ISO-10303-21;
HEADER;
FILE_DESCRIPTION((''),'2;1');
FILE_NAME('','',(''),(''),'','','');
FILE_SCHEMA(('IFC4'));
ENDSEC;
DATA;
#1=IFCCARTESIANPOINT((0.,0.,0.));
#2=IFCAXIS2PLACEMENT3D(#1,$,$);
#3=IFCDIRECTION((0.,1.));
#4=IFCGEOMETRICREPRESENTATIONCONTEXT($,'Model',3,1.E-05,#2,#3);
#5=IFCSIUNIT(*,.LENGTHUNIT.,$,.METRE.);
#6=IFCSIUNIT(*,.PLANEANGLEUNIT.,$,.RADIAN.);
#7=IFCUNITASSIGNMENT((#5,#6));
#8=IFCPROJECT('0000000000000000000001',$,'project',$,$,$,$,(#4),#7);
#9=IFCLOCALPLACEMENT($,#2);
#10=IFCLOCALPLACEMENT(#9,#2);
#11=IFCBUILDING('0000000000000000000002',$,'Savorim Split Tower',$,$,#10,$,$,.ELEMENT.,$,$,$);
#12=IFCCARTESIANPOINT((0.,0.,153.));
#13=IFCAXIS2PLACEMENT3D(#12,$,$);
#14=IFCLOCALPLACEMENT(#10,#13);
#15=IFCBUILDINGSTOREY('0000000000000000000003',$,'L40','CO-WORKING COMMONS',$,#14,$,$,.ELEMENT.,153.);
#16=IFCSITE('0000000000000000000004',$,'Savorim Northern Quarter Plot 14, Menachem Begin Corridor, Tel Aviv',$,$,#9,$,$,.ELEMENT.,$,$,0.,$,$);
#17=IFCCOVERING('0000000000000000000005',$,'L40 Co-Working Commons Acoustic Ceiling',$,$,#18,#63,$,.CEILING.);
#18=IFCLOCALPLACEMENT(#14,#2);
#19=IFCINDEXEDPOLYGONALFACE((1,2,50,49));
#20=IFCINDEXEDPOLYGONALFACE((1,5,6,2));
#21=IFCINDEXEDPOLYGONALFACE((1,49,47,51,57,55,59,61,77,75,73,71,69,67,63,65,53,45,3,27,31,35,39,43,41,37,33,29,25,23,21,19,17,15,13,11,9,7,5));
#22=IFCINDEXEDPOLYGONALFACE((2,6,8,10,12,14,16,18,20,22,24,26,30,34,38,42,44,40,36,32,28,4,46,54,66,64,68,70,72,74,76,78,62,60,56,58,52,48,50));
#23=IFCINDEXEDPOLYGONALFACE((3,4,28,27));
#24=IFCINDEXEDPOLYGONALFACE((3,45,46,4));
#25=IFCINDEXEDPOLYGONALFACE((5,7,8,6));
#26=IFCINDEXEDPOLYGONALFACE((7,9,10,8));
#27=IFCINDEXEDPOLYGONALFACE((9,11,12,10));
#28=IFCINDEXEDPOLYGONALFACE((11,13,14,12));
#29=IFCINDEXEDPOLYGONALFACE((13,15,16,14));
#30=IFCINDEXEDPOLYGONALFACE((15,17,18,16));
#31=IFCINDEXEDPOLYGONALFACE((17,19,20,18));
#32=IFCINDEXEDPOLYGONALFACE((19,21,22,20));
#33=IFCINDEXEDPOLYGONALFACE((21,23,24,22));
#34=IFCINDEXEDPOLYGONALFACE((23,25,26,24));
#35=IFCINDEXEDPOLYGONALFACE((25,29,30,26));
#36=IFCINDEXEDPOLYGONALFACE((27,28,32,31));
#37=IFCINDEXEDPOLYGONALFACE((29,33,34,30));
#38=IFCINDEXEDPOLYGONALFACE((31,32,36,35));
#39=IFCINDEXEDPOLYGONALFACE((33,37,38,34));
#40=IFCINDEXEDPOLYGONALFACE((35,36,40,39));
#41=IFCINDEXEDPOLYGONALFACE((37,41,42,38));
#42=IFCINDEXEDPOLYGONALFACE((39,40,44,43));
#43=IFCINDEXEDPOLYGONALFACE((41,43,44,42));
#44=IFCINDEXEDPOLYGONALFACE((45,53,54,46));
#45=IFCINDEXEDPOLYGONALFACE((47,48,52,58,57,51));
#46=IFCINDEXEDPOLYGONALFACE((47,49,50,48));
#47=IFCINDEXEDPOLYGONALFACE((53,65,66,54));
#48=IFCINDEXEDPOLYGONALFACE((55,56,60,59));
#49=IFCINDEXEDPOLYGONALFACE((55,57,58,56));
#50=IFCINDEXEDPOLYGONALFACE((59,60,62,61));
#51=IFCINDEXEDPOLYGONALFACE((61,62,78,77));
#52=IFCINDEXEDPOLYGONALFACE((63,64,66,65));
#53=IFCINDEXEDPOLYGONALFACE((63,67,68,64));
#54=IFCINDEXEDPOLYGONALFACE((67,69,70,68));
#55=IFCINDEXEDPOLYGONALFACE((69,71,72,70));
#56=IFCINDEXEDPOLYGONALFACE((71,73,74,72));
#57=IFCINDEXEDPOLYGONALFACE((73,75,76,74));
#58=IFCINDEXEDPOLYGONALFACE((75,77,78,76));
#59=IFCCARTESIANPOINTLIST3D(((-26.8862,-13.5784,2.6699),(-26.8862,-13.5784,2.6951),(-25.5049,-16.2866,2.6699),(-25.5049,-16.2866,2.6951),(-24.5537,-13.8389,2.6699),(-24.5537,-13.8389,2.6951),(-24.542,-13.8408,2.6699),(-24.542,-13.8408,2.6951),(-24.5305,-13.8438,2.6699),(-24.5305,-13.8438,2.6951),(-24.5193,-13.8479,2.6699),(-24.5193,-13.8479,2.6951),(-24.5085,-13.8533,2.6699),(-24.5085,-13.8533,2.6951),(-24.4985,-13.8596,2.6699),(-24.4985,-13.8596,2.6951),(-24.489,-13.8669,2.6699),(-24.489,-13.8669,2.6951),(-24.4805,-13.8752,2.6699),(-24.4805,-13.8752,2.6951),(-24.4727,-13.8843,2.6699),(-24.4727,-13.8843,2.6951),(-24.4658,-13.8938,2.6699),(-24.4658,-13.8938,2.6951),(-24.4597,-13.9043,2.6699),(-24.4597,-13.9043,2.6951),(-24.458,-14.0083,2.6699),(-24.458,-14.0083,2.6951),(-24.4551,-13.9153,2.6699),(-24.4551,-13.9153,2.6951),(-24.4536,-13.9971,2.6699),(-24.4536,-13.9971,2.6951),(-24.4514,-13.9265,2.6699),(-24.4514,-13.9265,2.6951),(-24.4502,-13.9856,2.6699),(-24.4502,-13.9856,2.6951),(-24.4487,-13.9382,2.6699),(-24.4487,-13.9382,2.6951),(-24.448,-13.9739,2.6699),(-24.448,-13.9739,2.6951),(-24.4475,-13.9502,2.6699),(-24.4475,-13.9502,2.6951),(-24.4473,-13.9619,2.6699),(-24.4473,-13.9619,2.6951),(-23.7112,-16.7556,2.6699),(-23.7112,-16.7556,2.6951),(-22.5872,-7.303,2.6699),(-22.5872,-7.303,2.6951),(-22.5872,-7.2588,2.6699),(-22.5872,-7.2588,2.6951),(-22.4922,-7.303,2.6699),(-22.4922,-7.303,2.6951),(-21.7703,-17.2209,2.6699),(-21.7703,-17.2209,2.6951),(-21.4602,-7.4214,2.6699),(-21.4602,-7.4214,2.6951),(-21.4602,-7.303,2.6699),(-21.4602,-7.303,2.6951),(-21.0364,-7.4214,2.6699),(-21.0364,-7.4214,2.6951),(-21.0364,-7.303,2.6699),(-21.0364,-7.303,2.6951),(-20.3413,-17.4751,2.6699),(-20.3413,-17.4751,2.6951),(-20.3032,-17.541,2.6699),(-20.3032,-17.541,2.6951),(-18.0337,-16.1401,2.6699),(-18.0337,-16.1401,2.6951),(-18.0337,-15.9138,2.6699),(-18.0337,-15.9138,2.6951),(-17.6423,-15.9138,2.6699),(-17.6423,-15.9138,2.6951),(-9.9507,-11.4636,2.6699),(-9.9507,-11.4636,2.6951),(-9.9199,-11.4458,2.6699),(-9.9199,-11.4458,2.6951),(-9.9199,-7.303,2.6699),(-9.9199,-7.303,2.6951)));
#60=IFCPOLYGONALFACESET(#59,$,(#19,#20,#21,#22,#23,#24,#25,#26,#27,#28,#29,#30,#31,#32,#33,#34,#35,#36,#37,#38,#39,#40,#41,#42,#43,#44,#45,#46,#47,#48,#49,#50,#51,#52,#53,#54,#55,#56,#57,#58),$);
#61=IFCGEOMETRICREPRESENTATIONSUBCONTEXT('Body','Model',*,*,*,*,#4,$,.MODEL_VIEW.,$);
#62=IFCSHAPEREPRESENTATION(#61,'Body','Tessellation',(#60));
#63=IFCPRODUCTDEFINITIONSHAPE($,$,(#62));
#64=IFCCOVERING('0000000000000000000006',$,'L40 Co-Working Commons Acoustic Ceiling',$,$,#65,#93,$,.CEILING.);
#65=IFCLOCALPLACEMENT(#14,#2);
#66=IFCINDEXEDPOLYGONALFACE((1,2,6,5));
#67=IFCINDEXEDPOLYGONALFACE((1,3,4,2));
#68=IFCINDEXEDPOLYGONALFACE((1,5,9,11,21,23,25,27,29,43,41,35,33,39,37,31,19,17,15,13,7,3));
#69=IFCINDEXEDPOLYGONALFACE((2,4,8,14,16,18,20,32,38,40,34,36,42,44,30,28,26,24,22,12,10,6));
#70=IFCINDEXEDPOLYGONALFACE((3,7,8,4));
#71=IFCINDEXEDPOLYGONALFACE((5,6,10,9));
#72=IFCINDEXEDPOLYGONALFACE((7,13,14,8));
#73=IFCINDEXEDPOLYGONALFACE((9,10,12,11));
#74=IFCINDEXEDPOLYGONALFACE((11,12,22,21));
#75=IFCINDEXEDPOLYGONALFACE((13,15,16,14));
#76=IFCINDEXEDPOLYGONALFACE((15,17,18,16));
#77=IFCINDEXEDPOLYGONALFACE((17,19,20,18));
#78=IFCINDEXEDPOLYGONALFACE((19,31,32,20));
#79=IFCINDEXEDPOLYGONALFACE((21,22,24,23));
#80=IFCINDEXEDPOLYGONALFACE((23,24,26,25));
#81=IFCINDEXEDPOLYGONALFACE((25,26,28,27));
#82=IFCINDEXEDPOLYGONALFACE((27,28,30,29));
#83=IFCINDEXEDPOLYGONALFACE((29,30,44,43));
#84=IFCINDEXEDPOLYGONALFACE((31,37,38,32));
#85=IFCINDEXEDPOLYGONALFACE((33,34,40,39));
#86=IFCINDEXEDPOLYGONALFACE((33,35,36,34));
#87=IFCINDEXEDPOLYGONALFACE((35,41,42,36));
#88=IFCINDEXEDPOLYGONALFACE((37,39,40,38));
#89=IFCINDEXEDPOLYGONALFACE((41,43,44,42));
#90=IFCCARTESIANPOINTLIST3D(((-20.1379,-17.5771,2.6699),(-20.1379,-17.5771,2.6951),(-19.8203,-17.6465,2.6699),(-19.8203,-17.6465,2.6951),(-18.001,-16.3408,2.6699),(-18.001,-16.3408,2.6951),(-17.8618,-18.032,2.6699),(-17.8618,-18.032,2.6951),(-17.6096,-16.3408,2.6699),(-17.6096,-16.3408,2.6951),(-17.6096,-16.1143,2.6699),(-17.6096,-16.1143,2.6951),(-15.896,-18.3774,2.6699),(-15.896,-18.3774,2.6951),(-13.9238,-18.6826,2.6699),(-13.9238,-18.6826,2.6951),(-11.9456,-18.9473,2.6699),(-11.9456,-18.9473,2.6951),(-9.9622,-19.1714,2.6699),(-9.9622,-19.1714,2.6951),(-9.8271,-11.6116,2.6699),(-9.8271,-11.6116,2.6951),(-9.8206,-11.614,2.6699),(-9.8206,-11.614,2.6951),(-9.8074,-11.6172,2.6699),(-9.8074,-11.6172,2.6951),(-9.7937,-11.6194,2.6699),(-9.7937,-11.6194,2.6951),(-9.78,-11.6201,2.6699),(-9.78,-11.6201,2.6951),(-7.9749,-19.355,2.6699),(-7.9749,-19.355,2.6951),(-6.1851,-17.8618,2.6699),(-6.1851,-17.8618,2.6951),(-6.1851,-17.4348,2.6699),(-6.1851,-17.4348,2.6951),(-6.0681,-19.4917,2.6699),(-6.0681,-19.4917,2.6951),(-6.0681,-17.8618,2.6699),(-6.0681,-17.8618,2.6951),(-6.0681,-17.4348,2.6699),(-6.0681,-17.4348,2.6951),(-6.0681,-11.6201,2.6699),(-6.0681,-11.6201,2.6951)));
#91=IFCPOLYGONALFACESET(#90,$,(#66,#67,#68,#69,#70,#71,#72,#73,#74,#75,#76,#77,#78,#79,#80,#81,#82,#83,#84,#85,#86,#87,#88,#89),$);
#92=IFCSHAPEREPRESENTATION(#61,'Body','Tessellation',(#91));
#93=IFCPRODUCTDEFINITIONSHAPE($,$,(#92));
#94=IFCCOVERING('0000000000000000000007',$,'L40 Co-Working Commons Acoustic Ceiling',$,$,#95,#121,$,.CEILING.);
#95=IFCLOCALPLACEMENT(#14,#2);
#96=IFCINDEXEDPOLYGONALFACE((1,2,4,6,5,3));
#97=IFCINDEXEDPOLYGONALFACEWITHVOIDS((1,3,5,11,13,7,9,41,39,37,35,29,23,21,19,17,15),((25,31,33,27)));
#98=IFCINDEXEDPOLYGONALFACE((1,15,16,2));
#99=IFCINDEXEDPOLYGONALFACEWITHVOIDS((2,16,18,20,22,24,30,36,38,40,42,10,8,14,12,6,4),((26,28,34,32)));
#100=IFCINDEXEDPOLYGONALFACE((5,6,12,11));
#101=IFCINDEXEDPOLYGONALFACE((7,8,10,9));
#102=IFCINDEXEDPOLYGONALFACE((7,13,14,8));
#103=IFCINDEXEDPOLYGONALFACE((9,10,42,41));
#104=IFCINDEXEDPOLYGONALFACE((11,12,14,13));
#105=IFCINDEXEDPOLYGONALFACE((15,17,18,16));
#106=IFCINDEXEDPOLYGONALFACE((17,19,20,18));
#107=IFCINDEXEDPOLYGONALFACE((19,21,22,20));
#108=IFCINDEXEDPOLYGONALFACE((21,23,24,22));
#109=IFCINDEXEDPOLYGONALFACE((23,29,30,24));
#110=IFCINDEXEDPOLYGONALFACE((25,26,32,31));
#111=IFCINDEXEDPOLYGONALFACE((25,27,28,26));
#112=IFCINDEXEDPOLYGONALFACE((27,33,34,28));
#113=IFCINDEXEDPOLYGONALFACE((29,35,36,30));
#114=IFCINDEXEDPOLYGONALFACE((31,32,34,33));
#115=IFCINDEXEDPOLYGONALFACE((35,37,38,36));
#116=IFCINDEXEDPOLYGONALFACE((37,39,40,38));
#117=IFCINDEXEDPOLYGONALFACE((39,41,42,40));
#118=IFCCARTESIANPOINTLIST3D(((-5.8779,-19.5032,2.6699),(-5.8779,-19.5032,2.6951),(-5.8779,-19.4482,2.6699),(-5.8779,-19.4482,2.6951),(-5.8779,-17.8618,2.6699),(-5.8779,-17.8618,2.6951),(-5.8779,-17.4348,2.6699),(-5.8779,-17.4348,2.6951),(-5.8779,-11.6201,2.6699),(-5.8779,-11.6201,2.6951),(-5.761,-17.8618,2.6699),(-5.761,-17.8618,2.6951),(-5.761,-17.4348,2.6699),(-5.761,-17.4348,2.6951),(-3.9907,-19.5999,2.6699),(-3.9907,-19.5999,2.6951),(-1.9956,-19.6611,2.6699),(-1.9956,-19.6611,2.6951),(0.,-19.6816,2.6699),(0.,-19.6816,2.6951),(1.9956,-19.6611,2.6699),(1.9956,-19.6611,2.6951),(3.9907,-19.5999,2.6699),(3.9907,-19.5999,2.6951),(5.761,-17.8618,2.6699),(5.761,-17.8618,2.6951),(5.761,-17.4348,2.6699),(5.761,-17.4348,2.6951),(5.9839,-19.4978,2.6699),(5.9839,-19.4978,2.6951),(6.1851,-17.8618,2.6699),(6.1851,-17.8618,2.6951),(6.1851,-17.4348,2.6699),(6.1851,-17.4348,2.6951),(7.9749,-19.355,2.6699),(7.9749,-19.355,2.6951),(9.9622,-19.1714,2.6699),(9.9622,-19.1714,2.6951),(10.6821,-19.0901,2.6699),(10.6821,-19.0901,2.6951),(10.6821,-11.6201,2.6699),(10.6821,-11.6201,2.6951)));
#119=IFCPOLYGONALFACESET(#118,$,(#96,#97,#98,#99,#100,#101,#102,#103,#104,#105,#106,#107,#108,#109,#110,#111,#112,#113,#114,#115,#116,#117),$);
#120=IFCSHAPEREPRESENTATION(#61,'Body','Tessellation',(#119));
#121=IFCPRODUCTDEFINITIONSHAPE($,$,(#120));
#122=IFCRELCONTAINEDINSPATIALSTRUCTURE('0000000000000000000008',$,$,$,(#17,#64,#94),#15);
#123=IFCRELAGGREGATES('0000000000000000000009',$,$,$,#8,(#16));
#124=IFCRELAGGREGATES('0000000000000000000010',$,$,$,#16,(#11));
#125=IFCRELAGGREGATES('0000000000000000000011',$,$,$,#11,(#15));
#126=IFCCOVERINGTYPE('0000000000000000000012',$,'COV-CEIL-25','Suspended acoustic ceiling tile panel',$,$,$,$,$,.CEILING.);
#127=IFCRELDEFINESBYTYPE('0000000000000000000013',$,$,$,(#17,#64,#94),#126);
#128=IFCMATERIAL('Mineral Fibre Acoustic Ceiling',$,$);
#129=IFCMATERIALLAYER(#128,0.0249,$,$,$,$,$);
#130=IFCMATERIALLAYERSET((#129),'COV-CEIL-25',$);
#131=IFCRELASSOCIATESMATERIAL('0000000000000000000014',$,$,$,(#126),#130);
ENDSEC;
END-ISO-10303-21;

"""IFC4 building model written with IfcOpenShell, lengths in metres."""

from ifc_helpers import new_model, si_unit, direction, frame, origin, place, context, subcontext, project, spatial, polyline, outline, extrude, material, layer, layer_set, type_object, element, save


model = new_model("IFC4")

# Units and contexts
model_context = context("Model", 3, precision=1e-05, world=origin(), true_north=direction((0.0, 1.0)))
body_context = subcontext(model_context, "Body", "Model", "MODEL_VIEW")
ifc_project = project(units=[si_unit("LENGTHUNIT", "METRE"), si_unit("PLANEANGLEUNIT", "RADIAN")], contexts=[model_context])

# Site, building, storey
site_placement = place(None, origin())
site = spatial("IfcSite", under=ifc_project, at=site_placement, Name="Savorim Northern Quarter Plot 14, Menachem Begin Corridor, Tel Aviv", CompositionType="ELEMENT", RefElevation=0.0)
building_placement = place(site_placement, origin())
building = spatial("IfcBuilding", under=site, at=building_placement, Name="Savorim Split Tower", CompositionType="ELEMENT")
storey_placement = place(building_placement, frame((0.0, 0.0, 153.0)))
storey = spatial("IfcBuildingStorey", under=building, at=storey_placement, Name="L40", Description="CO-WORKING COMMONS", CompositionType="ELEMENT", Elevation=153.0)

# Coverings
ifc_material_1 = material(Name="Mineral Fibre Acoustic Ceiling")
ifc_layer_1 = layer(ifc_material_1, 0.0249)
ifc_layer_set_1 = layer_set([ifc_layer_1], Name="COV-CEIL-25")
covering_type_1 = type_object("IfcCoveringType", Name="COV-CEIL-25", Description="Suspended acoustic ceiling tile panel", PredefinedType="CEILING", material=ifc_layer_set_1)
covering_1_placement = place(storey_placement, frame((0.0, 0.0, 2.6699)))
element("IfcCovering", 1, at=covering_1_placement, inside=storey, type_object=covering_type_1, Name="L40 Co-Working Commons Acoustic Ceiling", PredefinedType="CEILING", context=body_context, shape_type="SweptSolid", body=[
    extrude(outline(polyline([(-24.4475, -13.9502), (-24.4473, -13.9619), (-24.448, -13.9739), (-24.4502, -13.9856), (-24.4536, -13.9971), (-24.458, -14.0083), (-25.5049, -16.2866), (-23.7112, -16.7556), (-21.7703, -17.2209), (-20.3032, -17.541), (-20.3413, -17.4751), (-18.0337, -16.1401), (-18.0337, -15.9138), (-17.6423, -15.9138), (-9.9507, -11.4636), (-9.9199, -11.4458), (-9.9199, -7.303), (-21.0364, -7.303), (-21.0364, -7.4214), (-21.4602, -7.4214), (-21.4602, -7.303), (-22.4922, -7.303), (-22.5872, -7.303), (-22.5872, -7.2588), (-26.8862, -13.5784), (-24.5537, -13.8389), (-24.542, -13.8408), (-24.5305, -13.8438), (-24.5193, -13.8479), (-24.5085, -13.8533), (-24.4985, -13.8596), (-24.489, -13.8669), (-24.4805, -13.8752), (-24.4727, -13.8843), (-24.4658, -13.8938), (-24.4597, -13.9043), (-24.4551, -13.9153), (-24.4514, -13.9265), (-24.4487, -13.9382), (-24.4475, -13.9502)])), origin(), (0.0, 0.0, 1.0), 0.0251),
])
covering_2_placement = place(storey_placement, frame((0.0, 0.0, 2.6699)))
element("IfcCovering", 2, at=covering_2_placement, inside=storey, type_object=covering_type_1, Name="L40 Co-Working Commons Acoustic Ceiling", PredefinedType="CEILING", context=body_context, shape_type="SweptSolid", body=[
    extrude(outline(polyline([(-13.9238, -18.6826), (-11.9456, -18.9473), (-9.9622, -19.1714), (-7.9749, -19.355), (-6.0681, -19.4917), (-6.0681, -17.8618), (-6.1851, -17.8618), (-6.1851, -17.4348), (-6.0681, -17.4348), (-6.0681, -11.6201), (-9.78, -11.6201), (-9.7937, -11.6194), (-9.8074, -11.6172), (-9.8206, -11.614), (-9.8271, -11.6116), (-17.6096, -16.1143), (-17.6096, -16.3408), (-18.001, -16.3408), (-20.1379, -17.5771), (-19.8203, -17.6465), (-17.8618, -18.032), (-15.896, -18.3774), (-13.9238, -18.6826)])), origin(), (0.0, 0.0, 1.0), 0.0251),
])
covering_3_placement = place(storey_placement, frame((0.0, 0.0, 2.6699)))
element("IfcCovering", 3, at=covering_3_placement, inside=storey, type_object=covering_type_1, Name="L40 Co-Working Commons Acoustic Ceiling", PredefinedType="CEILING", context=body_context, shape_type="SweptSolid", body=[
    extrude(outline(polyline([(5.9839, -19.4978), (7.9749, -19.355), (9.9622, -19.1714), (10.6821, -19.0901), (10.6821, -11.6201), (-5.8779, -11.6201), (-5.8779, -17.4348), (-5.761, -17.4348), (-5.761, -17.8618), (-5.8779, -17.8618), (-5.8779, -19.4482), (-5.8779, -19.5032), (-3.9907, -19.5999), (-1.9956, -19.6611), (0.0, -19.6816), (1.9956, -19.6611), (3.9907, -19.5999), (5.9839, -19.4978)]), holes=[polyline([(5.761, -17.8618), (6.1851, -17.8618), (6.1851, -17.4348), (5.761, -17.4348), (5.761, -17.8618)])]), origin(), (0.0, 0.0, 1.0), 0.0251),
])

save(model, "model.ifc")
